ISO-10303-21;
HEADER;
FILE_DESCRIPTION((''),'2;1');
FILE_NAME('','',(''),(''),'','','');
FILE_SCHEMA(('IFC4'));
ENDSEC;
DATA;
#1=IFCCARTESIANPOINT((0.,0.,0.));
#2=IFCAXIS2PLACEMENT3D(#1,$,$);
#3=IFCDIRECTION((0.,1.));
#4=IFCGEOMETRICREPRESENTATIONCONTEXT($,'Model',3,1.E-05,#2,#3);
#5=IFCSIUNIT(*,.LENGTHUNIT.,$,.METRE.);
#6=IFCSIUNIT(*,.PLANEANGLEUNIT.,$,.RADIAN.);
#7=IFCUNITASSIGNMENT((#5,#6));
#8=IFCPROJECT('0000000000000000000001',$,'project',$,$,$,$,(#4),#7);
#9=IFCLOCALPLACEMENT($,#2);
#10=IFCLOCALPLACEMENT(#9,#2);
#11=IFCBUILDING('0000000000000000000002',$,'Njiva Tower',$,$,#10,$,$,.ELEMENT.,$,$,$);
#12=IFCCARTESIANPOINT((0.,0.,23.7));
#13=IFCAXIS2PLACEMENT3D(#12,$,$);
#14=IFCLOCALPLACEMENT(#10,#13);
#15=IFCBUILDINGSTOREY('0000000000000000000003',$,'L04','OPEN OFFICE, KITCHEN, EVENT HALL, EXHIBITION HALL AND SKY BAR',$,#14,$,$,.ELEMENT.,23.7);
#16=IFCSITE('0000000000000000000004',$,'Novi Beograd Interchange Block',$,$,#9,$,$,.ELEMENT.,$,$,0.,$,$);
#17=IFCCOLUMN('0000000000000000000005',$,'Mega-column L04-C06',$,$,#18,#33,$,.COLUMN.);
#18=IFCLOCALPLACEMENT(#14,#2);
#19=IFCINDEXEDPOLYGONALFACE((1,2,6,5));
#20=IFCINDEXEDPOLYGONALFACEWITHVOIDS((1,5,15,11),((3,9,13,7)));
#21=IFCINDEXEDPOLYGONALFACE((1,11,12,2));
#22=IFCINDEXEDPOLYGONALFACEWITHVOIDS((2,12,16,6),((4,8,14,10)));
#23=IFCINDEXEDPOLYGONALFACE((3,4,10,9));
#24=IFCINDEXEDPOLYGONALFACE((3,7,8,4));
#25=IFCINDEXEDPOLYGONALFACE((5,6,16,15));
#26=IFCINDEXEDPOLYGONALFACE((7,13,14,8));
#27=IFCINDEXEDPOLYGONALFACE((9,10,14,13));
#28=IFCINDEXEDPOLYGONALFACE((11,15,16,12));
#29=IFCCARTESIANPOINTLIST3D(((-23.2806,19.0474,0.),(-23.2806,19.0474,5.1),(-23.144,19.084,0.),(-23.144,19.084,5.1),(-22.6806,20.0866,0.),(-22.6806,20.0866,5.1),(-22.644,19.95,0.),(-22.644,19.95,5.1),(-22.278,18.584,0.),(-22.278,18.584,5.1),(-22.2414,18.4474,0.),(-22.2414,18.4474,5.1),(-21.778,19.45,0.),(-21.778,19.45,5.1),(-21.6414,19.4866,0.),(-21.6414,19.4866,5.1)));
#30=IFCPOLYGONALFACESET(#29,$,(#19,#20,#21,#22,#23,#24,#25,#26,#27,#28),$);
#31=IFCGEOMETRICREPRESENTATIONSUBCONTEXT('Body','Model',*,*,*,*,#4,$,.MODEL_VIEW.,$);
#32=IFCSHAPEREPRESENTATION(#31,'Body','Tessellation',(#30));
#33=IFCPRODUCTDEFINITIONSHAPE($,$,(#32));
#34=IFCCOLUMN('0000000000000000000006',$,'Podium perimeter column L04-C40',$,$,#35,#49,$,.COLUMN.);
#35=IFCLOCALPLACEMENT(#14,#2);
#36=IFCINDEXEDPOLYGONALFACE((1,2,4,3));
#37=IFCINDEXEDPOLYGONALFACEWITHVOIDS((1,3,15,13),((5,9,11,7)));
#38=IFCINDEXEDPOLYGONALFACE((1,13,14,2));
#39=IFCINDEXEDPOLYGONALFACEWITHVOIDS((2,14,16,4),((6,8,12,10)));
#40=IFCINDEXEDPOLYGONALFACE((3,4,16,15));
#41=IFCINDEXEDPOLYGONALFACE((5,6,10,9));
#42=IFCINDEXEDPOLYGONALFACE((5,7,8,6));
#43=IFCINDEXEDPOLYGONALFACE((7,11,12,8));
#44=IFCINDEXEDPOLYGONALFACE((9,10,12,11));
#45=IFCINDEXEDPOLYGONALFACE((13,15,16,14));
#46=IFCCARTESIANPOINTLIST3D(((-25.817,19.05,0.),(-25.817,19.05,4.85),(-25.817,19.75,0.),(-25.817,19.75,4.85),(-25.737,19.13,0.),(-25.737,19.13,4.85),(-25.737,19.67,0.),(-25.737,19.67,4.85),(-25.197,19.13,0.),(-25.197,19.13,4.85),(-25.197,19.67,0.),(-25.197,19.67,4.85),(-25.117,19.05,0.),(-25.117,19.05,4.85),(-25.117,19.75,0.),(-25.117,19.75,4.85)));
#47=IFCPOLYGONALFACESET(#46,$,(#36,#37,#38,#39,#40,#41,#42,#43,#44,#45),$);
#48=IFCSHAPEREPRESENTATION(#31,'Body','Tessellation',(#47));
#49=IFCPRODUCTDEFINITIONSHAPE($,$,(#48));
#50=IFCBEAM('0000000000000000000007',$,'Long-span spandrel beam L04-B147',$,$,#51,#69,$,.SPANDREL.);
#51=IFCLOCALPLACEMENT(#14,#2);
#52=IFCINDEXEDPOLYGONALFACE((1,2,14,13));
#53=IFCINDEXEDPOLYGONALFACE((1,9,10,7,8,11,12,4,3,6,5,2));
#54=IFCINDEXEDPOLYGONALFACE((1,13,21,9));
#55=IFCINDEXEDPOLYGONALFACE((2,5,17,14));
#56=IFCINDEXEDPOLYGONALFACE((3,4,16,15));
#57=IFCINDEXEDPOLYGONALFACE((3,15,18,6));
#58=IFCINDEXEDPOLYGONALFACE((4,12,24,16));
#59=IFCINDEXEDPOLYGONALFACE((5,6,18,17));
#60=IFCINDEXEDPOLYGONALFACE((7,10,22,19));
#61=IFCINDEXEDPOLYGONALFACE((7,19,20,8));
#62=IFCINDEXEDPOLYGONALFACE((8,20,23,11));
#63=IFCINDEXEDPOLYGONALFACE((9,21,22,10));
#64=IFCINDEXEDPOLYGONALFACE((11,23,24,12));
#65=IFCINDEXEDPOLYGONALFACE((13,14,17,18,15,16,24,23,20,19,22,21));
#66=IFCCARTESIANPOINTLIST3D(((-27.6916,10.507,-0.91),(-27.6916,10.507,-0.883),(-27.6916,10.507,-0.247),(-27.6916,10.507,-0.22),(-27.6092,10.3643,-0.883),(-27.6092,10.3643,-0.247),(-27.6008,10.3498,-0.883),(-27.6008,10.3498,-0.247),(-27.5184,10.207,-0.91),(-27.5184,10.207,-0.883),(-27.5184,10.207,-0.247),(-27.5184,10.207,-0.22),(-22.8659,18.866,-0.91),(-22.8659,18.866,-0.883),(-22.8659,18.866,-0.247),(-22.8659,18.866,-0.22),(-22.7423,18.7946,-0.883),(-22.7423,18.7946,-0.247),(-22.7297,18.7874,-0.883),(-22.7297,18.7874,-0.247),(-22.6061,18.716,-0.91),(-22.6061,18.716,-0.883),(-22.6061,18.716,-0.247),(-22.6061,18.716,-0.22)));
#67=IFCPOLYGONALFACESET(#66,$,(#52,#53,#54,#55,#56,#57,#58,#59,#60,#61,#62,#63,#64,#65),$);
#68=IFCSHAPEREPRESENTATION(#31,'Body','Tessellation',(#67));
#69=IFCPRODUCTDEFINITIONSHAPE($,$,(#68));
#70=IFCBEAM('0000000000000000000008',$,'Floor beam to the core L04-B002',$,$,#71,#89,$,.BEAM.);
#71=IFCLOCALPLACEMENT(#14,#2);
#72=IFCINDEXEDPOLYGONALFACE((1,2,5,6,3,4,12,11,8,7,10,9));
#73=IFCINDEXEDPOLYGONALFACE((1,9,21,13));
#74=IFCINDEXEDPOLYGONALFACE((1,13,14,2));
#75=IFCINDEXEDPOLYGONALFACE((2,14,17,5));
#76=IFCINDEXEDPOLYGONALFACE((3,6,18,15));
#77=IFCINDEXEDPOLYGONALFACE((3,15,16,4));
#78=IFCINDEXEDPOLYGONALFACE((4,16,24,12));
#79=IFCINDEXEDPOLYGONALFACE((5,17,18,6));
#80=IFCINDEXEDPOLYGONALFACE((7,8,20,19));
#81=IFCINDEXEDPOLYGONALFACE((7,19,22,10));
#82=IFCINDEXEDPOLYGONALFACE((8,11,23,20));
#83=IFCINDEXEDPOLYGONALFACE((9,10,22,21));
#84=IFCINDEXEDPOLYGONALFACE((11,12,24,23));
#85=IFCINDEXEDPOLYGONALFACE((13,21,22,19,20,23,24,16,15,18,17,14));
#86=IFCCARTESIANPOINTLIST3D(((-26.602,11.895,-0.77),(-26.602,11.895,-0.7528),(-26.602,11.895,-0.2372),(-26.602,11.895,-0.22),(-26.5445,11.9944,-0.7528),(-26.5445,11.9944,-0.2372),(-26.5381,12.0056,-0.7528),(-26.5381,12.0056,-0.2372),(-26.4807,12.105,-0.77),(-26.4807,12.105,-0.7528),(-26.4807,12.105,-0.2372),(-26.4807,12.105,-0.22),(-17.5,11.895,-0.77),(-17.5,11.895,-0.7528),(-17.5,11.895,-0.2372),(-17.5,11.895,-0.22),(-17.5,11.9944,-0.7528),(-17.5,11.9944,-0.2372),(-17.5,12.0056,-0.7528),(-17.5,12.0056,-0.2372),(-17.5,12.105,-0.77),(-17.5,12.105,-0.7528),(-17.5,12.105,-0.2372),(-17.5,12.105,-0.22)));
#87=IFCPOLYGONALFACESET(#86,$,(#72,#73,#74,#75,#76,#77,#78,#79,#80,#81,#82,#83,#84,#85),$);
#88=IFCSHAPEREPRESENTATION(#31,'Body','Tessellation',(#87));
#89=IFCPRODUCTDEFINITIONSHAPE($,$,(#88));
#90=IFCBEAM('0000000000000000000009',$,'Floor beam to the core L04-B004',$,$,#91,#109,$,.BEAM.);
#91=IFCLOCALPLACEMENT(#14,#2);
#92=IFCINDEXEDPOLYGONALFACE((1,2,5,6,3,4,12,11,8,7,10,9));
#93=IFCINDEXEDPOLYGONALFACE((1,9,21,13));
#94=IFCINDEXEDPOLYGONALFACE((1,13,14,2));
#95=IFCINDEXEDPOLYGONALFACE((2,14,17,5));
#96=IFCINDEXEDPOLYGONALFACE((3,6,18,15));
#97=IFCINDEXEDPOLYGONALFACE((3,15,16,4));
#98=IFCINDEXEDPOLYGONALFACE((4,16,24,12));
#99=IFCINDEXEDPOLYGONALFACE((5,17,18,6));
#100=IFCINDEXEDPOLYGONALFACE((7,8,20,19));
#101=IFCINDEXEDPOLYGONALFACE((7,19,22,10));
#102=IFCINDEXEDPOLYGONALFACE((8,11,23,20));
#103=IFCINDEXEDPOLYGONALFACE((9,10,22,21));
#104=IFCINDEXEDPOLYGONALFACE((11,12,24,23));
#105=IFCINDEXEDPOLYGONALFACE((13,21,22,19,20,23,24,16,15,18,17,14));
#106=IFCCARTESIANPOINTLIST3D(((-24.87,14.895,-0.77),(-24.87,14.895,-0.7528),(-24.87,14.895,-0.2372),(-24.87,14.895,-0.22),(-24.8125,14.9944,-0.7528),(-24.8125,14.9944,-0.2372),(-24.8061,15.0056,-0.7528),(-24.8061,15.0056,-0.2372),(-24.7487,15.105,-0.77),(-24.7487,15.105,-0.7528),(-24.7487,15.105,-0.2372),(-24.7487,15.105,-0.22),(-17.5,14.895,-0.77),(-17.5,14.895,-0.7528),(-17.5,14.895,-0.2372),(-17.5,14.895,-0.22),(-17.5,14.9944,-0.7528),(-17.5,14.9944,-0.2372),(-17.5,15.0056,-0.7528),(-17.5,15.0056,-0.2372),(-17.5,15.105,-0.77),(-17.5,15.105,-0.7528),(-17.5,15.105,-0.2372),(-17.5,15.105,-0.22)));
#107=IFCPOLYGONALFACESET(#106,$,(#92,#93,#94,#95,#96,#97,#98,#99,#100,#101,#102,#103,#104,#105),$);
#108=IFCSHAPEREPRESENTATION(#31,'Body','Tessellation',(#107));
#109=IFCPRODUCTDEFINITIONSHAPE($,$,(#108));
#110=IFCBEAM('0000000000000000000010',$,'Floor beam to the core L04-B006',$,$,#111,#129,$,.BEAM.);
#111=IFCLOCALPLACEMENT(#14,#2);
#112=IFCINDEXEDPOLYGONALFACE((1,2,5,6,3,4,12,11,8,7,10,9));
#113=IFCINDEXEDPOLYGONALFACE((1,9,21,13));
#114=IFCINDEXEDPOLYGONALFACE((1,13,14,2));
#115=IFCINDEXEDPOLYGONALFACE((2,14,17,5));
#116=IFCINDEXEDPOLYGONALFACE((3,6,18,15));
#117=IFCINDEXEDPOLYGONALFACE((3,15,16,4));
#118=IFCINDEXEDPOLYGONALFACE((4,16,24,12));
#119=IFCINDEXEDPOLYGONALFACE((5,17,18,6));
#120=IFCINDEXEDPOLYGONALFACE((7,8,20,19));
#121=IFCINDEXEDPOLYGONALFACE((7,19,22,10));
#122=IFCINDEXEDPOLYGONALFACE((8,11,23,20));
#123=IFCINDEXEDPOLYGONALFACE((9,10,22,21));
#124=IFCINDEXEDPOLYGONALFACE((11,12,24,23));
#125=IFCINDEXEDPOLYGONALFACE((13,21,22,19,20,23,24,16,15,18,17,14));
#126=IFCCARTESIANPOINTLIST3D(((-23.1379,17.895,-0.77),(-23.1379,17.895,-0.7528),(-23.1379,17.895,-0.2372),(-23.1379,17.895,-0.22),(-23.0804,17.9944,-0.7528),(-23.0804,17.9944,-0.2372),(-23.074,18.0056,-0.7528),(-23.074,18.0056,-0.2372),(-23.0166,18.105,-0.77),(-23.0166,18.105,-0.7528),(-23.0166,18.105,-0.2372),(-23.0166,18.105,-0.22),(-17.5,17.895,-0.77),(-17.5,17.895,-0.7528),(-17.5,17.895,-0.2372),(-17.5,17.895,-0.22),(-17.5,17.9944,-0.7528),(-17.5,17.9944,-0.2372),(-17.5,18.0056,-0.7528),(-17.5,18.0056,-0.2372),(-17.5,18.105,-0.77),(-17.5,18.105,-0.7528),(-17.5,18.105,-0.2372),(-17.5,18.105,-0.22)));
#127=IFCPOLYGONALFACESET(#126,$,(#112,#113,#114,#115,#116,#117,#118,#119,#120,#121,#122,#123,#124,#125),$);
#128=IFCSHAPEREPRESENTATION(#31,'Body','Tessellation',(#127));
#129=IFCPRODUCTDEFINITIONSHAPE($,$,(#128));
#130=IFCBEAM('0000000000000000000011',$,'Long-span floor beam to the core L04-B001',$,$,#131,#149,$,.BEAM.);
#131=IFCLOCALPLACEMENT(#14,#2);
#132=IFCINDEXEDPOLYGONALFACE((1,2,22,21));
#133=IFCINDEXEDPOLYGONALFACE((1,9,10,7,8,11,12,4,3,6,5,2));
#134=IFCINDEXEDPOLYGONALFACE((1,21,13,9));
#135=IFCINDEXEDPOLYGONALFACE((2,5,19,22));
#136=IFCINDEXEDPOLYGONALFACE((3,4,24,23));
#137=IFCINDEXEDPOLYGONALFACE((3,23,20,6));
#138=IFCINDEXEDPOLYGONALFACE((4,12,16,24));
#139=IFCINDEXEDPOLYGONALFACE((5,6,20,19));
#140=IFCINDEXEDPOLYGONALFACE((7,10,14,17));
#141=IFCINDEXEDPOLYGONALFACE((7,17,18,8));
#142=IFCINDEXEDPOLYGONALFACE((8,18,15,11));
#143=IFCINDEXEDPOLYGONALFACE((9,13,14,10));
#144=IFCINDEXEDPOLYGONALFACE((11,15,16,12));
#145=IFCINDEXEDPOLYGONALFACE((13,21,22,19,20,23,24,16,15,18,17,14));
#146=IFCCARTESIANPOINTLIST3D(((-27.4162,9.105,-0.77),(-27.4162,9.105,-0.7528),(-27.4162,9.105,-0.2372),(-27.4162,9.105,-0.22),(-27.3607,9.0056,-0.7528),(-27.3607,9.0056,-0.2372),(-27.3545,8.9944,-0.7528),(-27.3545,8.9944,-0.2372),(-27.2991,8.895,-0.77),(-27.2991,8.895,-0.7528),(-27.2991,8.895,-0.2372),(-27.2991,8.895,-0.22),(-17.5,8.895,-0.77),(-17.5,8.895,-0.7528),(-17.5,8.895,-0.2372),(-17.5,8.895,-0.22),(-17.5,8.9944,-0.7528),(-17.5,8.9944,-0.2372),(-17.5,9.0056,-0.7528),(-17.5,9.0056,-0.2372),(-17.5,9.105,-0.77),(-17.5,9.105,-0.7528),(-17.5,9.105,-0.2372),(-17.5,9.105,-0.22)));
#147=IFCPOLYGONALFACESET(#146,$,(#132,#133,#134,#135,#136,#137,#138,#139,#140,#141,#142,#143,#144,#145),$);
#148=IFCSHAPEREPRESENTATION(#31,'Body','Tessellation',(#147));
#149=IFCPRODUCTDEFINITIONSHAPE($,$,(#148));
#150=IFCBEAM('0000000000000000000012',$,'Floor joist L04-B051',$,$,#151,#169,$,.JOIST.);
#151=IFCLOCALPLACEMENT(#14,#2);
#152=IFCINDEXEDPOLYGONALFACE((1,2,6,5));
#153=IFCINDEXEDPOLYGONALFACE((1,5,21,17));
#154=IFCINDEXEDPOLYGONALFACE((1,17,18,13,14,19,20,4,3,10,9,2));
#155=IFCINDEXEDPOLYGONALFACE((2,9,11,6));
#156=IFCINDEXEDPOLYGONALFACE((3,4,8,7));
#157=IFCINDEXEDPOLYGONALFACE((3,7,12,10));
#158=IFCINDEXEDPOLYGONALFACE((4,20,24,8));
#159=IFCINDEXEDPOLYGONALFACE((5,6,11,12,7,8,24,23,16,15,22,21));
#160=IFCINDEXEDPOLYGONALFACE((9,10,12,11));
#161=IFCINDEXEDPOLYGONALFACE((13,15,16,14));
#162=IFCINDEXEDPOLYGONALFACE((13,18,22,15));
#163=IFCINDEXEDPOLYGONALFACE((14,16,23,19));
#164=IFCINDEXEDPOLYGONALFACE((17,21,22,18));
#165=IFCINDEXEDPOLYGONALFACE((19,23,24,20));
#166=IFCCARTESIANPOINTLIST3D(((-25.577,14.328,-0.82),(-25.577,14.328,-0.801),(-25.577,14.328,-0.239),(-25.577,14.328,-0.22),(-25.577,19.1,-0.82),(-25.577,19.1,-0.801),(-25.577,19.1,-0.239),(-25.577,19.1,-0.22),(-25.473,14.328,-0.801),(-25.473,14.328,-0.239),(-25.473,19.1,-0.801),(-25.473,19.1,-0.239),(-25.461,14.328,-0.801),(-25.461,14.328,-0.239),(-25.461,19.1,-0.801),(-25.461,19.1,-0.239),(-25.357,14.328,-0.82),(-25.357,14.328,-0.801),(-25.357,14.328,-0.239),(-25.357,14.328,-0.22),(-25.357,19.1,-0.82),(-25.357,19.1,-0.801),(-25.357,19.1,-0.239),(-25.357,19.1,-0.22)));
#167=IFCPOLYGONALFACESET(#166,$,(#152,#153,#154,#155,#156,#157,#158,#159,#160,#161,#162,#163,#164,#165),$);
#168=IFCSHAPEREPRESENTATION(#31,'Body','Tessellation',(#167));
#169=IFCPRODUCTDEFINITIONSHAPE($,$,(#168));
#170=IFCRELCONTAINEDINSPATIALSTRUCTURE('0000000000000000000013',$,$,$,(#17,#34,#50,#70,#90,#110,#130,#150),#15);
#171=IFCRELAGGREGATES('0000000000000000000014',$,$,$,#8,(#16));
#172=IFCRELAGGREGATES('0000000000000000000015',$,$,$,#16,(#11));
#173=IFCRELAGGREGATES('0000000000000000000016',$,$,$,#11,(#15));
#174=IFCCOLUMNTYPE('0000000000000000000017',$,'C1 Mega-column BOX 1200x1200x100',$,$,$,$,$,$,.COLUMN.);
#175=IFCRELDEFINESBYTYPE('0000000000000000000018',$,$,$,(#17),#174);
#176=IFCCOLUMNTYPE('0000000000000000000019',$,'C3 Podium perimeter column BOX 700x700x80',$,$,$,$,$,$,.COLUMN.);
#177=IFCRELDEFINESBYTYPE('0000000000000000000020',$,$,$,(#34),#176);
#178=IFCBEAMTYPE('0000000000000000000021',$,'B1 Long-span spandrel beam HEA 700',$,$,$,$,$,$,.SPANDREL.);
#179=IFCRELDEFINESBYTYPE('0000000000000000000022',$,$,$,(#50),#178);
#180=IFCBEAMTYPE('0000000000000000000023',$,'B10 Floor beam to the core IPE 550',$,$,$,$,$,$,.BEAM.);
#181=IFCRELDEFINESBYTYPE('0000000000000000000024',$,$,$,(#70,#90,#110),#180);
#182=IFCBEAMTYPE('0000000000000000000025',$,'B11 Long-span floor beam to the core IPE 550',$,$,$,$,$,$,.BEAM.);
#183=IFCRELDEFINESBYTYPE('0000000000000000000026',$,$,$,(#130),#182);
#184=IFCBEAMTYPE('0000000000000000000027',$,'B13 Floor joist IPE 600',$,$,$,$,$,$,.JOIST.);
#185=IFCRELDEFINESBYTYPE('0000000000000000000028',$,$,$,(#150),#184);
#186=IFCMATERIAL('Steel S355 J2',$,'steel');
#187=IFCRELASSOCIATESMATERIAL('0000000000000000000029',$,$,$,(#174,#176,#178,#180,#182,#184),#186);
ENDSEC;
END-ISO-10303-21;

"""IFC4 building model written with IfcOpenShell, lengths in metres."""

from ifc_helpers import new_model, si_unit, direction, frame, origin, origin_2d, place, context, subcontext, project, spatial, hollow_rectangle, i_section, extrude, clip, halfspace, material, material_profile, profile_set, type_object, element, save


model = new_model("IFC4")

# Units and contexts
model_context = context("Model", 3, precision=1e-05, world=origin(), true_north=direction((0.0, 1.0)))
body_context = subcontext(model_context, "Body", "Model", "MODEL_VIEW")
ifc_project = project(units=[si_unit("LENGTHUNIT", "METRE"), si_unit("PLANEANGLEUNIT", "RADIAN")], contexts=[model_context])

# Site, building, storey
site_placement = place(None, origin())
site = spatial("IfcSite", under=ifc_project, at=site_placement, Name="Novi Beograd Interchange Block", CompositionType="ELEMENT", RefElevation=0.0)
building_placement = place(site_placement, origin())
building = spatial("IfcBuilding", under=site, at=building_placement, Name="Njiva Tower", CompositionType="ELEMENT")
storey_placement = place(building_placement, frame((0.0, 0.0, 23.7)))
storey = spatial("IfcBuildingStorey", under=building, at=storey_placement, Name="L04", Description="OPEN OFFICE, KITCHEN, EVENT HALL, EXHIBITION HALL AND SKY BAR", CompositionType="ELEMENT", Elevation=23.7)

# Columns
ifc_material_1 = material(Name="Steel S355 J2", Category="steel")
ifc_material_profile_1 = material_profile(ifc_material_1, hollow_rectangle(XDim=1.2, YDim=1.2, WallThickness=0.1, at=origin_2d()), Name="BOX 1200x1200x100")
ifc_profile_set_1 = profile_set([ifc_material_profile_1], Name="Steel S355 J2")
column_type_1 = type_object("IfcColumnType", Name="C1 Mega-column BOX 1200x1200x100", PredefinedType="COLUMN", material=ifc_profile_set_1)
column_1_placement = place(storey_placement, frame((-22.461, 19.267, 0.0), z_axis=(0.0, 0.0, 1.0), x_axis=(-0.5, -0.866025, 0.0)))
element("IfcColumn", 1, at=column_1_placement, inside=storey, type_object=column_type_1, Name="Mega-column L04-C06", PredefinedType="COLUMN", context=body_context, shape_type="SweptSolid", body=[
    extrude(hollow_rectangle(XDim=1.2, YDim=1.2, WallThickness=0.1, at=origin_2d()), origin(), (0.0, 0.0, 1.0), 5.1),
])
ifc_material_profile_2 = material_profile(ifc_material_1, hollow_rectangle(XDim=0.7, YDim=0.7, WallThickness=0.08, at=origin_2d()), Name="BOX 700x700x80")
ifc_profile_set_2 = profile_set([ifc_material_profile_2], Name="Steel S355 J2")
column_type_2 = type_object("IfcColumnType", Name="C3 Podium perimeter column BOX 700x700x80", PredefinedType="COLUMN", material=ifc_profile_set_2)
column_2_placement = place(storey_placement, frame((-25.467, 19.4, 0.0), z_axis=(0.0, 0.0, 1.0), x_axis=(-1.0, 0.0, 0.0)))
element("IfcColumn", 2, at=column_2_placement, inside=storey, type_object=column_type_2, Name="Podium perimeter column L04-C40", PredefinedType="COLUMN", context=body_context, shape_type="SweptSolid", body=[
    extrude(hollow_rectangle(XDim=0.7, YDim=0.7, WallThickness=0.08, at=origin_2d()), origin(), (0.0, 0.0, 1.0), 4.85),
])

# Beams
ifc_material_profile_3 = material_profile(ifc_material_1, i_section(OverallWidth=0.3, OverallDepth=0.69, WebThickness=0.0145, FlangeThickness=0.027, at=origin_2d()), Name="HEA 700")
ifc_profile_set_3 = profile_set([ifc_material_profile_3], Name="Steel S355 J2")
beam_type_1 = type_object("IfcBeamType", Name="B1 Long-span spandrel beam HEA 700", PredefinedType="SPANDREL", material=ifc_profile_set_3)
beam_1_placement = place(storey_placement, frame((-22.736, 18.791, -0.565), z_axis=(-0.499971, -0.866042, 0.0), x_axis=(0.866042, -0.499971, 0.0)))
element("IfcBeam", 3, at=beam_1_placement, inside=storey, type_object=beam_type_1, Name="Long-span spandrel beam L04-B147", PredefinedType="SPANDREL", context=body_context, shape_type="Clipping", body=[
    clip(extrude(i_section(OverallWidth=0.3, OverallDepth=0.69, WebThickness=0.0145, FlangeThickness=0.027, at=origin_2d()), origin(), (0.0, 0.0, 1.0), 9.8456), halfspace(frame((-0.0253, 0.0, 9.7239), z_axis=(-0.500031, 0.0, 0.866008), x_axis=(0.0, 1.0, 0.0)), False)),
])
ifc_material_profile_4 = material_profile(ifc_material_1, i_section(OverallWidth=0.21, OverallDepth=0.55, WebThickness=0.0111, FlangeThickness=0.0172, at=origin_2d()), Name="IPE 550")
ifc_profile_set_4 = profile_set([ifc_material_profile_4], Name="Steel S355 J2")
beam_type_2 = type_object("IfcBeamType", Name="B10 Floor beam to the core IPE 550", PredefinedType="BEAM", material=ifc_profile_set_4)
beam_2_placement = place(storey_placement, frame((-26.622, 12.0, -0.495), z_axis=(1.0, 0.0, 0.0), x_axis=(0.0, 1.0, 0.0)))
element("IfcBeam", 4, at=beam_2_placement, inside=storey, type_object=beam_type_2, Name="Floor beam to the core L04-B002", PredefinedType="BEAM", context=body_context, shape_type="Clipping", body=[
    clip(extrude(i_section(OverallWidth=0.21, OverallDepth=0.55, WebThickness=0.0111, FlangeThickness=0.0172, at=origin_2d()), origin(), (0.0, 0.0, 1.0), 9.122), halfspace(frame((0.025, 0.0, 0.0951), z_axis=(0.499998, 0.0, -0.866027), x_axis=(0.0, -1.0, 0.0)), False)),
])
beam_3_placement = place(storey_placement, frame((-24.89, 15.0, -0.495), z_axis=(1.0, 0.0, 0.0), x_axis=(0.0, 1.0, 0.0)))
element("IfcBeam", 5, at=beam_3_placement, inside=storey, type_object=beam_type_2, Name="Floor beam to the core L04-B004", PredefinedType="BEAM", context=body_context, shape_type="Clipping", body=[
    clip(extrude(i_section(OverallWidth=0.21, OverallDepth=0.55, WebThickness=0.0111, FlangeThickness=0.0172, at=origin_2d()), origin(), (0.0, 0.0, 1.0), 7.39), halfspace(frame((0.025, 0.0, 0.0951), z_axis=(0.499998, 0.0, -0.866027), x_axis=(0.0, -1.0, 0.0)), False)),
])
beam_4_placement = place(storey_placement, frame((-23.158, 18.0, -0.495), z_axis=(1.0, 0.0, 0.0), x_axis=(0.0, 1.0, 0.0)))
element("IfcBeam", 6, at=beam_4_placement, inside=storey, type_object=beam_type_2, Name="Floor beam to the core L04-B006", PredefinedType="BEAM", context=body_context, shape_type="Clipping", body=[
    clip(extrude(i_section(OverallWidth=0.21, OverallDepth=0.55, WebThickness=0.0111, FlangeThickness=0.0172, at=origin_2d()), origin(), (0.0, 0.0, 1.0), 5.658), halfspace(frame((0.025, 0.0, 0.0952), z_axis=(0.499998, 0.0, -0.866027), x_axis=(0.0, -1.0, 0.0)), False)),
])
ifc_material_profile_5 = material_profile(ifc_material_1, i_section(OverallWidth=0.21, OverallDepth=0.55, WebThickness=0.0111, FlangeThickness=0.0172, at=origin_2d()), Name="IPE 550")
ifc_profile_set_5 = profile_set([ifc_material_profile_5], Name="Steel S355 J2")
beam_type_3 = type_object("IfcBeamType", Name="B11 Long-span floor beam to the core IPE 550", PredefinedType="BEAM", material=ifc_profile_set_5)
beam_5_placement = place(storey_placement, frame((-27.437, 9.0, -0.495), z_axis=(1.0, 0.0, 0.0), x_axis=(0.0, 1.0, 0.0)))
element("IfcBeam", 7, at=beam_5_placement, inside=storey, type_object=beam_type_3, Name="Long-span floor beam to the core L04-B001", PredefinedType="BEAM", context=body_context, shape_type="Clipping", body=[
    clip(extrude(i_section(OverallWidth=0.21, OverallDepth=0.55, WebThickness=0.0111, FlangeThickness=0.0172, at=origin_2d()), origin(), (0.0, 0.0, 1.0), 9.937), halfspace(frame((-0.0244, 0.0, 0.093), z_axis=(-0.487052, 0.0, -0.873373), x_axis=(0.0, -1.0, 0.0)), False)),
])
ifc_material_profile_6 = material_profile(ifc_material_1, i_section(OverallWidth=0.22, OverallDepth=0.6, WebThickness=0.012, FlangeThickness=0.019, at=origin_2d()), Name="IPE 600")
ifc_profile_set_6 = profile_set([ifc_material_profile_6], Name="Steel S355 J2")
beam_type_4 = type_object("IfcBeamType", Name="B13 Floor joist IPE 600", PredefinedType="JOIST", material=ifc_profile_set_6)
beam_6_placement = place(storey_placement, frame((-25.467, 19.1, -0.52), z_axis=(0.0, -1.0, 0.0), x_axis=(1.0, 0.0, 0.0)))
element("IfcBeam", 8, at=beam_6_placement, inside=storey, type_object=beam_type_4, Name="Floor joist L04-B051", PredefinedType="JOIST", context=body_context, shape_type="SweptSolid", body=[
    extrude(i_section(OverallWidth=0.22, OverallDepth=0.6, WebThickness=0.012, FlangeThickness=0.019, at=origin_2d()), origin(), (0.0, 0.0, 1.0), 4.772),
])

save(model, "model.ifc")
